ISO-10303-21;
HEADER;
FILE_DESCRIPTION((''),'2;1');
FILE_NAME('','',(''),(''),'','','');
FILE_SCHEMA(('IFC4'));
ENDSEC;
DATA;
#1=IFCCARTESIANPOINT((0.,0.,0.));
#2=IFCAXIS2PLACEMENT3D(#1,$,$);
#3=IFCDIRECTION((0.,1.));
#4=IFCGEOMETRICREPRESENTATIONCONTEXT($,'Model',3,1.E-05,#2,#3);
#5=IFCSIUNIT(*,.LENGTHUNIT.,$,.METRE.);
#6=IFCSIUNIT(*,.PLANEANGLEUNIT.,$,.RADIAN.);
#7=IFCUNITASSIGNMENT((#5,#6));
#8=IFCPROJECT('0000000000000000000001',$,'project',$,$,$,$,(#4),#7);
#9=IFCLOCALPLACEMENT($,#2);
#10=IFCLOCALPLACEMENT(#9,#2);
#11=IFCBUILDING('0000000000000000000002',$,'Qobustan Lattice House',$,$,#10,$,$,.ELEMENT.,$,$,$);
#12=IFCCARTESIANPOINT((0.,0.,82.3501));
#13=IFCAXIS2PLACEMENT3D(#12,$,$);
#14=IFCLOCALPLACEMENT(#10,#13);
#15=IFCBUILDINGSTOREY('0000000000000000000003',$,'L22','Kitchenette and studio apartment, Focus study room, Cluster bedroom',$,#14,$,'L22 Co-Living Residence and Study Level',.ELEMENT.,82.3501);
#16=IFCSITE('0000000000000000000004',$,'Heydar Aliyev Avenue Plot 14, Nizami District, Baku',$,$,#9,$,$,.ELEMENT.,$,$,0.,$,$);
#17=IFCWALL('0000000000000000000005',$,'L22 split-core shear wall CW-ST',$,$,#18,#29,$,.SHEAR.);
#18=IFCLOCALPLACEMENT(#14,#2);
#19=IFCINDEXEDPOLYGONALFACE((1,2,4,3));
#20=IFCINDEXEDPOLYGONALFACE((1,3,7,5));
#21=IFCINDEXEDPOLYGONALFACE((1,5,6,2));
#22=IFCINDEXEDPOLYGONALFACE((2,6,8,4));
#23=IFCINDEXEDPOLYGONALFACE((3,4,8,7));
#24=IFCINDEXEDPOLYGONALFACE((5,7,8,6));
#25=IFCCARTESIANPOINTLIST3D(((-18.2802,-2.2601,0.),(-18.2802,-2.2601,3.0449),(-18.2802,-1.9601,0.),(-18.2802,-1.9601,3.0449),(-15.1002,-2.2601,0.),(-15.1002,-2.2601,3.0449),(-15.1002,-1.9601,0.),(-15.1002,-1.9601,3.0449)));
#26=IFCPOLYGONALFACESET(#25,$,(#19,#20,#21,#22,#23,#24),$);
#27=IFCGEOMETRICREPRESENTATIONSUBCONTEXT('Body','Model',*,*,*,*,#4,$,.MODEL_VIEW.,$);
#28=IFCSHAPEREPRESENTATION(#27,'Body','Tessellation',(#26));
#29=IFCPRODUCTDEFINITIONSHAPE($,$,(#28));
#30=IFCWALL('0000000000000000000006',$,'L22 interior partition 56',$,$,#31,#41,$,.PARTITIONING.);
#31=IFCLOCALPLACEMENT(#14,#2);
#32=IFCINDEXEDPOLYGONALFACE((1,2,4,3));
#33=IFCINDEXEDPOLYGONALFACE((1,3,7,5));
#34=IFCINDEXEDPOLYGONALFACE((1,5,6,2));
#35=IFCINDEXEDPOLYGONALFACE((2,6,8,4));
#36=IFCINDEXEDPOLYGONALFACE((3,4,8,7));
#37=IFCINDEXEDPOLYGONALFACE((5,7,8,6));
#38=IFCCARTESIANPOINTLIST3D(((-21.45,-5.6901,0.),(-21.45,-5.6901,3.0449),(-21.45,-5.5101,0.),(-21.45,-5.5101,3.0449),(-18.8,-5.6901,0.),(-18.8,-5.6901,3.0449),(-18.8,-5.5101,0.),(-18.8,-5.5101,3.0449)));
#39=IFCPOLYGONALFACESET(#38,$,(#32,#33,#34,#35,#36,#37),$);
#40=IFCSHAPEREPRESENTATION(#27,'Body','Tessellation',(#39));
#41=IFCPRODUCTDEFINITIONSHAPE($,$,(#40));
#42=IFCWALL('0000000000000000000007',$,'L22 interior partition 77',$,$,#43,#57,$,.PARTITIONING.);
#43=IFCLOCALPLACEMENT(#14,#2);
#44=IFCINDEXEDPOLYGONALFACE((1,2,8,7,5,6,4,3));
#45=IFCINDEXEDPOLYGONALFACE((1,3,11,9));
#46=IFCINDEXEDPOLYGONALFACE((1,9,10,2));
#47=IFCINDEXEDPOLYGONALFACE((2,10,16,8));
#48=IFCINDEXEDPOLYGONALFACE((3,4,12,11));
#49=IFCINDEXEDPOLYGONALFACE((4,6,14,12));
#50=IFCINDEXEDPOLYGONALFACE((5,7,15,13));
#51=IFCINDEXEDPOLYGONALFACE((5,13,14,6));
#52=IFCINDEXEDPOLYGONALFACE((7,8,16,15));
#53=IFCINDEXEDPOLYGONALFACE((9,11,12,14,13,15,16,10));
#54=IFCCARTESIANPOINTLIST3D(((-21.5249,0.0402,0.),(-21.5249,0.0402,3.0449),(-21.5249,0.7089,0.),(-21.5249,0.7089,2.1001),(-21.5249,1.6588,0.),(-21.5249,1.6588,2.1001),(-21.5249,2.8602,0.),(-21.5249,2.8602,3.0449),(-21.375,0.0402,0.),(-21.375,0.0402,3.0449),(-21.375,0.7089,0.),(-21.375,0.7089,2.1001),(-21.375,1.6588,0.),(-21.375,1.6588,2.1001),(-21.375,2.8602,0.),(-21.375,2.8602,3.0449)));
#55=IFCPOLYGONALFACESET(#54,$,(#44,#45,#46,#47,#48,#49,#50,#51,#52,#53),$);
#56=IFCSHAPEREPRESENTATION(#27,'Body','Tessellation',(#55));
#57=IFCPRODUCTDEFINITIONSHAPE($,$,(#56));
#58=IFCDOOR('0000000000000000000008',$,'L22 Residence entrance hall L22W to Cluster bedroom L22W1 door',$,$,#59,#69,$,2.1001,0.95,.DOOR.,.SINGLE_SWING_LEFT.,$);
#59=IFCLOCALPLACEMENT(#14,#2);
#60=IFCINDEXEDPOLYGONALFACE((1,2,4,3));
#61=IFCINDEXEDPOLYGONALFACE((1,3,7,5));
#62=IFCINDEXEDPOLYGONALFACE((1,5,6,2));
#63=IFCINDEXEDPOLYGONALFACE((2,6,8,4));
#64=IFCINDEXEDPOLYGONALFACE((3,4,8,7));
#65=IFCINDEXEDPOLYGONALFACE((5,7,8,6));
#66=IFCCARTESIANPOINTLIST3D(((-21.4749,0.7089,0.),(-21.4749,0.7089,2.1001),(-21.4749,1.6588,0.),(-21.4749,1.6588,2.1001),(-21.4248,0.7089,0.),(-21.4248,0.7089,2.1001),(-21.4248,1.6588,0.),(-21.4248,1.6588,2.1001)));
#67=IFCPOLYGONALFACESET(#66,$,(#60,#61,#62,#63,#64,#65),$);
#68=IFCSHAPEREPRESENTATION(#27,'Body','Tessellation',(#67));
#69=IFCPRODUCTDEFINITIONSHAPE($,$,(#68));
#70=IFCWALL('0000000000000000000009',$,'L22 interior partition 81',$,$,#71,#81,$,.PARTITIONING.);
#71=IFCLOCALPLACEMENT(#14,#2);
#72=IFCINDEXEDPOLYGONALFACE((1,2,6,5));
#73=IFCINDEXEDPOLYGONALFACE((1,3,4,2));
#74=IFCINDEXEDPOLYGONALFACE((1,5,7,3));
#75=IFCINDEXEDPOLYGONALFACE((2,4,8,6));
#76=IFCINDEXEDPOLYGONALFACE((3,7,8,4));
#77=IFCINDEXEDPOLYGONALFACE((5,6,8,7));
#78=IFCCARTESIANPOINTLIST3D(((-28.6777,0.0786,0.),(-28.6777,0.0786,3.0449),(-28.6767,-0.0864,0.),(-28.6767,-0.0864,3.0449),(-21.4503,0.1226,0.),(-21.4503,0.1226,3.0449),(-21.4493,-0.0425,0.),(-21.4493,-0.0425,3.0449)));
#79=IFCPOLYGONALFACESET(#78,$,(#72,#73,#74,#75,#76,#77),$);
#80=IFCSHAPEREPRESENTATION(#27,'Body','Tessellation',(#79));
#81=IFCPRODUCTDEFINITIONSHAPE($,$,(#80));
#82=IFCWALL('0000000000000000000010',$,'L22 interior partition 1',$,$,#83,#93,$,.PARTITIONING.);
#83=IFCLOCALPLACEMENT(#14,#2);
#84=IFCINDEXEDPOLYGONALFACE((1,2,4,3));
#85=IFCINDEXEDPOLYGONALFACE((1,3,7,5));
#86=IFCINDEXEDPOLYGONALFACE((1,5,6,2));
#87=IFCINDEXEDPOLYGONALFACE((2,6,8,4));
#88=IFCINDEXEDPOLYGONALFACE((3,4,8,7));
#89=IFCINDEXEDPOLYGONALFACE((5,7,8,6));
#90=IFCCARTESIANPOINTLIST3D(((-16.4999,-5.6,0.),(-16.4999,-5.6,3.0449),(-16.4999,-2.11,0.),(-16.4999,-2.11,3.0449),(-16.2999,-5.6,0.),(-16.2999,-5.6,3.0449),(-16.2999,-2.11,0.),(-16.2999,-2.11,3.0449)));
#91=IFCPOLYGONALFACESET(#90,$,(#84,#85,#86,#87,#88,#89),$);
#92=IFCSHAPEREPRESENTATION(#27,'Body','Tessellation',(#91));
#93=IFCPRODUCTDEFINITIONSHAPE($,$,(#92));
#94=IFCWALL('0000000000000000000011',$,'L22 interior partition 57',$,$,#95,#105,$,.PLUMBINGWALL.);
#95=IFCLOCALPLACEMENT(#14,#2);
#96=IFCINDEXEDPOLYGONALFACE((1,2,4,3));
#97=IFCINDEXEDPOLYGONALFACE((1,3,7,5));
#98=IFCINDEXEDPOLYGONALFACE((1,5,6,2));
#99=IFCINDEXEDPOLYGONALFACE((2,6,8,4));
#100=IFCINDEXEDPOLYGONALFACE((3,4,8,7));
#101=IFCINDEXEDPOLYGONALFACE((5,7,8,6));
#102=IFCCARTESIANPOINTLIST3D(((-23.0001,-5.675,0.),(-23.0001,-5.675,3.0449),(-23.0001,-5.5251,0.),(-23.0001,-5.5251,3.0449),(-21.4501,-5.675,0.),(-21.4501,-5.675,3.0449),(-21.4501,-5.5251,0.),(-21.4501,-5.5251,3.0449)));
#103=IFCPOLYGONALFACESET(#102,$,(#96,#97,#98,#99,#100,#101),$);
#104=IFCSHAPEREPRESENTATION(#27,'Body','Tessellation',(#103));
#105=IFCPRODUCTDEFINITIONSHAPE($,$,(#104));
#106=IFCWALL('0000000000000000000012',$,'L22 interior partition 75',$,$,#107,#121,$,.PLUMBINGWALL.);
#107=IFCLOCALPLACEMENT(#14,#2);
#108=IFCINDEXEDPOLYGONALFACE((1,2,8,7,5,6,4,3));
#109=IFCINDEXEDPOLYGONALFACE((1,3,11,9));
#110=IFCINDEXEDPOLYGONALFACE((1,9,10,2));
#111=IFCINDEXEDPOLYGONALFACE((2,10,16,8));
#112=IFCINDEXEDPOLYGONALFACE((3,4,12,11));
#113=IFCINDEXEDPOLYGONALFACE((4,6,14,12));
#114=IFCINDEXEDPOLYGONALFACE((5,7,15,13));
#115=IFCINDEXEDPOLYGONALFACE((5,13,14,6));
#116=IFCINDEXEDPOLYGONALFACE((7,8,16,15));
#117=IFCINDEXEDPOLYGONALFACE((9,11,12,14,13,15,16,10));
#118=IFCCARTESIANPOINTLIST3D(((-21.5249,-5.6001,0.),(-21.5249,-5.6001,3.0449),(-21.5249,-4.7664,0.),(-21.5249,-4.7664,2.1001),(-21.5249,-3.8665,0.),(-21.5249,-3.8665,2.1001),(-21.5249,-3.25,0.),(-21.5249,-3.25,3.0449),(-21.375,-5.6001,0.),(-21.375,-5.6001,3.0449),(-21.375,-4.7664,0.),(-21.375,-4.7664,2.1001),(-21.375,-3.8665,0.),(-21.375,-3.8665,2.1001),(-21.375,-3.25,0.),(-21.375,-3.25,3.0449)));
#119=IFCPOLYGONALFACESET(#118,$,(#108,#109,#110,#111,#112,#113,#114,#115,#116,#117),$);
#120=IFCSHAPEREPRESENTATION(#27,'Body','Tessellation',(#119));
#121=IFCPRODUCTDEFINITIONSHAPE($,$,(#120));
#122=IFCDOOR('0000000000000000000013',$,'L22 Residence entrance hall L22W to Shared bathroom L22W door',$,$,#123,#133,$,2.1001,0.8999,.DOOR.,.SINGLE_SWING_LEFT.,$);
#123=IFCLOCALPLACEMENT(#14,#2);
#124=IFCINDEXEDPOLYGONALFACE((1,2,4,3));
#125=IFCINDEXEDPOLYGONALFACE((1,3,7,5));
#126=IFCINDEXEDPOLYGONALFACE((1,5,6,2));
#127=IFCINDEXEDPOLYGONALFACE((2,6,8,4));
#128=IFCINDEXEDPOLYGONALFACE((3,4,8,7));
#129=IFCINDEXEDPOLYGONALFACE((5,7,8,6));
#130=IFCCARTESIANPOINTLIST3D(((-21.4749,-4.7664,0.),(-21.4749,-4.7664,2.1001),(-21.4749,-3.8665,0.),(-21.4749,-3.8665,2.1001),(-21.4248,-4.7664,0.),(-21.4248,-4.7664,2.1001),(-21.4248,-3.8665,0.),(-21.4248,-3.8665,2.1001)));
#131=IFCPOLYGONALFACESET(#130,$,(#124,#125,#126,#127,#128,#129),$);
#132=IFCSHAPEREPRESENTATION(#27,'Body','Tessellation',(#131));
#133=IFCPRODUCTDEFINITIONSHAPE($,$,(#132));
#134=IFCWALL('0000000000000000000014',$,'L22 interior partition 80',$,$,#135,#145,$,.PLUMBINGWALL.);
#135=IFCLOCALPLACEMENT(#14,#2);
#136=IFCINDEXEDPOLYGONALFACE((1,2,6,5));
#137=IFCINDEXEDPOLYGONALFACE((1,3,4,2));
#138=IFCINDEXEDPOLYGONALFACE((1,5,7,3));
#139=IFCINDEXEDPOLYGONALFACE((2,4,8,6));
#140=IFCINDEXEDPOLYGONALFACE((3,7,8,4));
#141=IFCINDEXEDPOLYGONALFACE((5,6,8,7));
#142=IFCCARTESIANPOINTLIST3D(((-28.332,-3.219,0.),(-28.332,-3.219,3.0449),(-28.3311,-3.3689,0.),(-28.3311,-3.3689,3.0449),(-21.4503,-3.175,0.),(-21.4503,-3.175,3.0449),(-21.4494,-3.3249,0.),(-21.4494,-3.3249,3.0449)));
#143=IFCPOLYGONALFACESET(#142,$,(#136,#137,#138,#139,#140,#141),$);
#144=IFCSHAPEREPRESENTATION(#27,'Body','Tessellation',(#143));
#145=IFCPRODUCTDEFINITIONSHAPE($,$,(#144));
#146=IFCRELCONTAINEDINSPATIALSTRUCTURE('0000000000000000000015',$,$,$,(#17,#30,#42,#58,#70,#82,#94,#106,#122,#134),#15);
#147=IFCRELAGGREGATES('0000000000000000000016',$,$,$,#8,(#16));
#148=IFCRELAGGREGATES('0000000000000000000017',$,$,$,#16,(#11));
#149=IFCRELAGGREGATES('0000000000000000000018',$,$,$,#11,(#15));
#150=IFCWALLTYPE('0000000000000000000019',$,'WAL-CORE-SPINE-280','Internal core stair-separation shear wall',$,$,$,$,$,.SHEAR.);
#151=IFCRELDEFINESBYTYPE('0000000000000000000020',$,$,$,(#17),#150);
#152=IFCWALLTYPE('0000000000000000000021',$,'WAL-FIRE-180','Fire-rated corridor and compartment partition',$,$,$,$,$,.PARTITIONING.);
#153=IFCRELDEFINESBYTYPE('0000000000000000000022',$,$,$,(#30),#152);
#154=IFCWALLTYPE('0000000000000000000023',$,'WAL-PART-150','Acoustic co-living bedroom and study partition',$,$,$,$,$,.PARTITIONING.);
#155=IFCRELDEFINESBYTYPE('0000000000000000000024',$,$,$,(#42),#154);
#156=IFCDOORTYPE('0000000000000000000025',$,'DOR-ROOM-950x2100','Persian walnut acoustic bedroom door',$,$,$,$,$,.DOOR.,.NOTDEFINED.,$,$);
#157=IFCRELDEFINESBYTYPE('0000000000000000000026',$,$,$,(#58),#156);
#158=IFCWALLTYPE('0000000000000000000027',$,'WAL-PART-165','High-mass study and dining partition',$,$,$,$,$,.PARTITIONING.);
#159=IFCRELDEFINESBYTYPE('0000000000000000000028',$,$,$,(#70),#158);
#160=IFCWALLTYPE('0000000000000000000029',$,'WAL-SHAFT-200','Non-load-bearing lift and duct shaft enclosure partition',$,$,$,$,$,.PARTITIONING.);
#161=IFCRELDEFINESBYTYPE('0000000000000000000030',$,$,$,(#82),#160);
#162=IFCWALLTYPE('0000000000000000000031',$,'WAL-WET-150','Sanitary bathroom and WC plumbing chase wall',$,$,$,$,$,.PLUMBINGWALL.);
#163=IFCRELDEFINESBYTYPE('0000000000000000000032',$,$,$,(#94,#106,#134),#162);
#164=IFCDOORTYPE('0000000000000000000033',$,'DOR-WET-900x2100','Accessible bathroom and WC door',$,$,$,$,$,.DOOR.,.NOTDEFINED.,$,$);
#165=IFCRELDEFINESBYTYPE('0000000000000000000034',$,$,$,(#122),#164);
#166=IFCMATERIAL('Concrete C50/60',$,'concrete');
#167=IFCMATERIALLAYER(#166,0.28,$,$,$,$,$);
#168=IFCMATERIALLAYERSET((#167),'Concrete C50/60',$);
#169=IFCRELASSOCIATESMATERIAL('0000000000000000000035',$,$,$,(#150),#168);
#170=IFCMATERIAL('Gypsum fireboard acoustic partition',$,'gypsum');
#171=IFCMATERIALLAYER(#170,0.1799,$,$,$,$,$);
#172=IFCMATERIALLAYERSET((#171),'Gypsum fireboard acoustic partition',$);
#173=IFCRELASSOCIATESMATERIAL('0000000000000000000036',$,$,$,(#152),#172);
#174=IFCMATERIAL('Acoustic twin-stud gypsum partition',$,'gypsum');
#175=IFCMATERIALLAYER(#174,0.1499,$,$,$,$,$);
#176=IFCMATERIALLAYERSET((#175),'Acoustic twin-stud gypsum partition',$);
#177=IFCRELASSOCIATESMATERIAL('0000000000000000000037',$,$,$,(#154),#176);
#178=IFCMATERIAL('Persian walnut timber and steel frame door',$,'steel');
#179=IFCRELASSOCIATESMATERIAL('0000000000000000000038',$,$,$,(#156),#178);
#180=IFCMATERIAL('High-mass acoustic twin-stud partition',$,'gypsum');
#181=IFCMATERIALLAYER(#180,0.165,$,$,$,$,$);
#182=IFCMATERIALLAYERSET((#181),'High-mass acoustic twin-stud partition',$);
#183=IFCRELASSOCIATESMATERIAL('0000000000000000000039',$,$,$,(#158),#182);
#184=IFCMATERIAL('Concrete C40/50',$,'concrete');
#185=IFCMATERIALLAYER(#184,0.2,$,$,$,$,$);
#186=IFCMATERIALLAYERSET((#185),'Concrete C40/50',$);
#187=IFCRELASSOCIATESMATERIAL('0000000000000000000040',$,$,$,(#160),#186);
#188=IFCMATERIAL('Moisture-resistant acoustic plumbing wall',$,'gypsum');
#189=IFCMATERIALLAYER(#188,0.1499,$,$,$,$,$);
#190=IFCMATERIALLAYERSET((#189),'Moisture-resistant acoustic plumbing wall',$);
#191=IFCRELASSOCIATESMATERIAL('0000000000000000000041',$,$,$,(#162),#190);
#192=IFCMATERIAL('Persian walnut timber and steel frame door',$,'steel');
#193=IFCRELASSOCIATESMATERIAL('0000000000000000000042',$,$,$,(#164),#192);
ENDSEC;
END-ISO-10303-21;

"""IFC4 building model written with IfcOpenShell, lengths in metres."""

from ifc_helpers import new_model, si_unit, direction, frame, frame_2d, origin, place, context, subcontext, project, spatial, rectangle, extrude, material, layer, layer_set, type_object, element, fill, save


model = new_model("IFC4")

# Units and contexts
model_context = context("Model", 3, precision=1e-05, world=origin(), true_north=direction((0.0, 1.0)))
body_context = subcontext(model_context, "Body", "Model", "MODEL_VIEW")
ifc_project = project(units=[si_unit("LENGTHUNIT", "METRE"), si_unit("PLANEANGLEUNIT", "RADIAN")], contexts=[model_context])

# Site, building, storey
site_placement = place(None, origin())
site = spatial("IfcSite", under=ifc_project, at=site_placement, Name="Heydar Aliyev Avenue Plot 14, Nizami District, Baku", CompositionType="ELEMENT", RefElevation=0.0)
building_placement = place(site_placement, origin())
building = spatial("IfcBuilding", under=site, at=building_placement, Name="Qobustan Lattice House", CompositionType="ELEMENT")
storey_placement = place(building_placement, frame((0.0, 0.0, 82.3501)))
storey = spatial("IfcBuildingStorey", under=building, at=storey_placement, Name="L22", Description="Kitchenette and studio apartment, Focus study room, Cluster bedroom", LongName="L22 Co-Living Residence and Study Level", CompositionType="ELEMENT", Elevation=82.3501)

# Walls
ifc_material_1 = material(Name="Concrete C50/60", Category="concrete")
ifc_layer_1 = layer(ifc_material_1, 0.28)
ifc_layer_set_1 = layer_set([ifc_layer_1], Name="Concrete C50/60")
wall_type_1 = type_object("IfcWallType", Name="WAL-CORE-SPINE-280", Description="Internal core stair-separation shear wall", PredefinedType="SHEAR", material=ifc_layer_set_1)
wall_1_placement = place(storey_placement, frame((-18.28, -2.1101, 0.0), z_axis=(0.0, 0.0, 1.0), x_axis=(1.0, 0.0, 0.0)))
element("IfcWall", 1, at=wall_1_placement, inside=storey, type_object=wall_type_1, Name="L22 split-core shear wall CW-ST", PredefinedType="SHEAR", context=body_context, shape_type="SweptSolid", body=[
    extrude(rectangle(XDim=3.1799, YDim=0.3, at=frame_2d((1.5898, 0.0))), origin(), (0.0, 0.0, 1.0), 3.0449),
])
ifc_material_2 = material(Name="Gypsum fireboard acoustic partition", Category="gypsum")
ifc_layer_2 = layer(ifc_material_2, 0.1799)
ifc_layer_set_2 = layer_set([ifc_layer_2], Name="Gypsum fireboard acoustic partition")
wall_type_2 = type_object("IfcWallType", Name="WAL-FIRE-180", Description="Fire-rated corridor and compartment partition", PredefinedType="PARTITIONING", material=ifc_layer_set_2)
wall_2_placement = place(storey_placement, frame((-21.45, -5.6001, 0.0), z_axis=(0.0, 0.0, 1.0), x_axis=(1.0, 0.0, 0.0)))
element("IfcWall", 2, at=wall_2_placement, inside=storey, type_object=wall_type_2, Name="L22 interior partition 56", PredefinedType="PARTITIONING", context=body_context, shape_type="SweptSolid", body=[
    extrude(rectangle(XDim=2.6499, YDim=0.1799, at=frame_2d((1.325, 0.0))), origin(), (0.0, 0.0, 1.0), 3.0449),
])

# Wall, opening, door
ifc_material_3 = material(Name="Acoustic twin-stud gypsum partition", Category="gypsum")
ifc_layer_3 = layer(ifc_material_3, 0.1499)
ifc_layer_set_3 = layer_set([ifc_layer_3], Name="Acoustic twin-stud gypsum partition")
wall_type_3 = type_object("IfcWallType", Name="WAL-PART-150", Description="Acoustic co-living bedroom and study partition", PredefinedType="PARTITIONING", material=ifc_layer_set_3)
wall_3_placement = place(storey_placement, frame((-21.45, 0.04, 0.0), z_axis=(0.0, 0.0, 1.0), x_axis=(0.0, 1.0, 0.0)))
wall_3 = element("IfcWall", 3, at=wall_3_placement, inside=storey, type_object=wall_type_3, Name="L22 interior partition 77", PredefinedType="PARTITIONING", context=body_context, shape_type="SweptSolid", body=[
    extrude(rectangle(XDim=2.8201, YDim=0.1499, at=frame_2d((1.4102, 0.0))), origin(), (0.0, 0.0, 1.0), 3.0449),
])
opening_1_placement = place(wall_3_placement, frame((0.6687, 0.0, 0.0)))
opening_1 = element("IfcOpeningElement", 4, at=opening_1_placement, cuts=wall_3, PredefinedType="OPENING", context=body_context, shape_type="SweptSolid", body=[
    extrude(rectangle(XDim=0.95, YDim=2.1001, at=frame_2d((0.4751, 1.05))), frame((0.0, 0.085, 0.0), z_axis=(0.0, -1.0, 0.0), x_axis=(1.0, 0.0, 0.0)), (0.0, 0.0, 1.0), 0.1699),
])
ifc_material_4 = material(Name="Persian walnut timber and steel frame door", Category="steel")
door_type_1 = type_object("IfcDoorType", Name="DOR-ROOM-950x2100", Description="Persian walnut acoustic bedroom door", OperationType="NOTDEFINED", PredefinedType="DOOR", material=ifc_material_4)
door_1_placement = place(opening_1_placement, origin())
door_1 = element("IfcDoor", 5, at=door_1_placement, inside=storey, type_object=door_type_1, Name="L22 Residence entrance hall L22W to Cluster bedroom L22W1 door", OperationType="SINGLE_SWING_LEFT", OverallHeight=2.1001, OverallWidth=0.95, PredefinedType="DOOR", context=body_context, shape_type="SweptSolid", body=[
    extrude(rectangle(XDim=0.95, YDim=2.1001, at=frame_2d((0.4751, 1.05))), frame((0.0, 0.0249, 0.0), z_axis=(0.0, -1.0, 0.0), x_axis=(1.0, 0.0, 0.0)), (0.0, 0.0, 1.0), 0.05),
])
fill(opening_1, door_1)
ifc_material_5 = material(Name="High-mass acoustic twin-stud partition", Category="gypsum")
ifc_layer_4 = layer(ifc_material_5, 0.165)
ifc_layer_set_4 = layer_set([ifc_layer_4], Name="High-mass acoustic twin-stud partition")
wall_type_4 = type_object("IfcWallType", Name="WAL-PART-165", Description="High-mass study and dining partition", PredefinedType="PARTITIONING", material=ifc_layer_set_4)

# Walls
wall_4_placement = place(storey_placement, frame((-28.6772, -0.0039, 0.0), z_axis=(0.0, 0.0, 1.0), x_axis=(0.999982, 0.00608, 0.0)))
element("IfcWall", 6, at=wall_4_placement, inside=storey, type_object=wall_type_4, Name="L22 interior partition 81", PredefinedType="PARTITIONING", context=body_context, shape_type="SweptSolid", body=[
    extrude(rectangle(XDim=7.2275, YDim=0.165, at=frame_2d((3.6138, 0.0))), origin(), (0.0, 0.0, 1.0), 3.0449),
])
ifc_material_6 = material(Name="Concrete C40/50", Category="concrete")
ifc_layer_5 = layer(ifc_material_6, 0.2)
ifc_layer_set_5 = layer_set([ifc_layer_5], Name="Concrete C40/50")
wall_type_5 = type_object("IfcWallType", Name="WAL-SHAFT-200", Description="Non-load-bearing lift and duct shaft enclosure partition", PredefinedType="PARTITIONING", material=ifc_layer_set_5)
wall_5_placement = place(storey_placement, frame((-16.3999, -5.6001, 0.0), z_axis=(0.0, 0.0, 1.0), x_axis=(0.0, 1.0, 0.0)))
element("IfcWall", 7, at=wall_5_placement, inside=storey, type_object=wall_type_5, Name="L22 interior partition 1", PredefinedType="PARTITIONING", context=body_context, shape_type="SweptSolid", body=[
    extrude(rectangle(XDim=3.49, YDim=0.2, at=frame_2d((1.7451, 0.0))), origin(), (0.0, 0.0, 1.0), 3.0449),
])
ifc_material_7 = material(Name="Moisture-resistant acoustic plumbing wall", Category="gypsum")
ifc_layer_6 = layer(ifc_material_7, 0.1499)
ifc_layer_set_6 = layer_set([ifc_layer_6], Name="Moisture-resistant acoustic plumbing wall")
wall_type_6 = type_object("IfcWallType", Name="WAL-WET-150", Description="Sanitary bathroom and WC plumbing chase wall", PredefinedType="PLUMBINGWALL", material=ifc_layer_set_6)
wall_6_placement = place(storey_placement, frame((-23.0, -5.6001, 0.0), z_axis=(0.0, 0.0, 1.0), x_axis=(1.0, 0.0, 0.0)))
element("IfcWall", 8, at=wall_6_placement, inside=storey, type_object=wall_type_6, Name="L22 interior partition 57", PredefinedType="PLUMBINGWALL", context=body_context, shape_type="SweptSolid", body=[
    extrude(rectangle(XDim=1.55, YDim=0.1499, at=frame_2d((0.7749, 0.0))), origin(), (0.0, 0.0, 1.0), 3.0449),
])

# Wall, opening, door
wall_7_placement = place(storey_placement, frame((-21.45, -5.6001, 0.0), z_axis=(0.0, 0.0, 1.0), x_axis=(0.0, 1.0, 0.0)))
wall_7 = element("IfcWall", 9, at=wall_7_placement, inside=storey, type_object=wall_type_6, Name="L22 interior partition 75", PredefinedType="PLUMBINGWALL", context=body_context, shape_type="SweptSolid", body=[
    extrude(rectangle(XDim=2.3501, YDim=0.1499, at=frame_2d((1.175, 0.0))), origin(), (0.0, 0.0, 1.0), 3.0449),
])
opening_2_placement = place(wall_7_placement, frame((0.8337, 0.0, 0.0)))
opening_2 = element("IfcOpeningElement", 10, at=opening_2_placement, cuts=wall_7, PredefinedType="OPENING", context=body_context, shape_type="SweptSolid", body=[
    extrude(rectangle(XDim=0.8999, YDim=2.1001, at=frame_2d((0.45, 1.05))), frame((0.0, 0.085, 0.0), z_axis=(0.0, -1.0, 0.0), x_axis=(1.0, 0.0, 0.0)), (0.0, 0.0, 1.0), 0.1699),
])
ifc_material_8 = material(Name="Persian walnut timber and steel frame door", Category="steel")
door_type_2 = type_object("IfcDoorType", Name="DOR-WET-900x2100", Description="Accessible bathroom and WC door", OperationType="NOTDEFINED", PredefinedType="DOOR", material=ifc_material_8)
door_2_placement = place(opening_2_placement, origin())
door_2 = element("IfcDoor", 11, at=door_2_placement, inside=storey, type_object=door_type_2, Name="L22 Residence entrance hall L22W to Shared bathroom L22W door", OperationType="SINGLE_SWING_LEFT", OverallHeight=2.1001, OverallWidth=0.8999, PredefinedType="DOOR", context=body_context, shape_type="SweptSolid", body=[
    extrude(rectangle(XDim=0.8999, YDim=2.1001, at=frame_2d((0.45, 1.05))), frame((0.0, 0.0249, 0.0), z_axis=(0.0, -1.0, 0.0), x_axis=(1.0, 0.0, 0.0)), (0.0, 0.0, 1.0), 0.05),
])
fill(opening_2, door_2)

# Wall
wall_8_placement = place(storey_placement, frame((-28.3315, -3.2939, 0.0), z_axis=(0.0, 0.0, 1.0), x_axis=(0.99998, 0.006386, 0.0)))
element("IfcWall", 12, at=wall_8_placement, inside=storey, type_object=wall_type_6, Name="L22 interior partition 80", PredefinedType="PLUMBINGWALL", context=body_context, shape_type="SweptSolid", body=[
    extrude(rectangle(XDim=6.8818, YDim=0.1499, at=frame_2d((3.4409, 0.0))), origin(), (0.0, 0.0, 1.0), 3.0449),
])

save(model, "model.ifc")
